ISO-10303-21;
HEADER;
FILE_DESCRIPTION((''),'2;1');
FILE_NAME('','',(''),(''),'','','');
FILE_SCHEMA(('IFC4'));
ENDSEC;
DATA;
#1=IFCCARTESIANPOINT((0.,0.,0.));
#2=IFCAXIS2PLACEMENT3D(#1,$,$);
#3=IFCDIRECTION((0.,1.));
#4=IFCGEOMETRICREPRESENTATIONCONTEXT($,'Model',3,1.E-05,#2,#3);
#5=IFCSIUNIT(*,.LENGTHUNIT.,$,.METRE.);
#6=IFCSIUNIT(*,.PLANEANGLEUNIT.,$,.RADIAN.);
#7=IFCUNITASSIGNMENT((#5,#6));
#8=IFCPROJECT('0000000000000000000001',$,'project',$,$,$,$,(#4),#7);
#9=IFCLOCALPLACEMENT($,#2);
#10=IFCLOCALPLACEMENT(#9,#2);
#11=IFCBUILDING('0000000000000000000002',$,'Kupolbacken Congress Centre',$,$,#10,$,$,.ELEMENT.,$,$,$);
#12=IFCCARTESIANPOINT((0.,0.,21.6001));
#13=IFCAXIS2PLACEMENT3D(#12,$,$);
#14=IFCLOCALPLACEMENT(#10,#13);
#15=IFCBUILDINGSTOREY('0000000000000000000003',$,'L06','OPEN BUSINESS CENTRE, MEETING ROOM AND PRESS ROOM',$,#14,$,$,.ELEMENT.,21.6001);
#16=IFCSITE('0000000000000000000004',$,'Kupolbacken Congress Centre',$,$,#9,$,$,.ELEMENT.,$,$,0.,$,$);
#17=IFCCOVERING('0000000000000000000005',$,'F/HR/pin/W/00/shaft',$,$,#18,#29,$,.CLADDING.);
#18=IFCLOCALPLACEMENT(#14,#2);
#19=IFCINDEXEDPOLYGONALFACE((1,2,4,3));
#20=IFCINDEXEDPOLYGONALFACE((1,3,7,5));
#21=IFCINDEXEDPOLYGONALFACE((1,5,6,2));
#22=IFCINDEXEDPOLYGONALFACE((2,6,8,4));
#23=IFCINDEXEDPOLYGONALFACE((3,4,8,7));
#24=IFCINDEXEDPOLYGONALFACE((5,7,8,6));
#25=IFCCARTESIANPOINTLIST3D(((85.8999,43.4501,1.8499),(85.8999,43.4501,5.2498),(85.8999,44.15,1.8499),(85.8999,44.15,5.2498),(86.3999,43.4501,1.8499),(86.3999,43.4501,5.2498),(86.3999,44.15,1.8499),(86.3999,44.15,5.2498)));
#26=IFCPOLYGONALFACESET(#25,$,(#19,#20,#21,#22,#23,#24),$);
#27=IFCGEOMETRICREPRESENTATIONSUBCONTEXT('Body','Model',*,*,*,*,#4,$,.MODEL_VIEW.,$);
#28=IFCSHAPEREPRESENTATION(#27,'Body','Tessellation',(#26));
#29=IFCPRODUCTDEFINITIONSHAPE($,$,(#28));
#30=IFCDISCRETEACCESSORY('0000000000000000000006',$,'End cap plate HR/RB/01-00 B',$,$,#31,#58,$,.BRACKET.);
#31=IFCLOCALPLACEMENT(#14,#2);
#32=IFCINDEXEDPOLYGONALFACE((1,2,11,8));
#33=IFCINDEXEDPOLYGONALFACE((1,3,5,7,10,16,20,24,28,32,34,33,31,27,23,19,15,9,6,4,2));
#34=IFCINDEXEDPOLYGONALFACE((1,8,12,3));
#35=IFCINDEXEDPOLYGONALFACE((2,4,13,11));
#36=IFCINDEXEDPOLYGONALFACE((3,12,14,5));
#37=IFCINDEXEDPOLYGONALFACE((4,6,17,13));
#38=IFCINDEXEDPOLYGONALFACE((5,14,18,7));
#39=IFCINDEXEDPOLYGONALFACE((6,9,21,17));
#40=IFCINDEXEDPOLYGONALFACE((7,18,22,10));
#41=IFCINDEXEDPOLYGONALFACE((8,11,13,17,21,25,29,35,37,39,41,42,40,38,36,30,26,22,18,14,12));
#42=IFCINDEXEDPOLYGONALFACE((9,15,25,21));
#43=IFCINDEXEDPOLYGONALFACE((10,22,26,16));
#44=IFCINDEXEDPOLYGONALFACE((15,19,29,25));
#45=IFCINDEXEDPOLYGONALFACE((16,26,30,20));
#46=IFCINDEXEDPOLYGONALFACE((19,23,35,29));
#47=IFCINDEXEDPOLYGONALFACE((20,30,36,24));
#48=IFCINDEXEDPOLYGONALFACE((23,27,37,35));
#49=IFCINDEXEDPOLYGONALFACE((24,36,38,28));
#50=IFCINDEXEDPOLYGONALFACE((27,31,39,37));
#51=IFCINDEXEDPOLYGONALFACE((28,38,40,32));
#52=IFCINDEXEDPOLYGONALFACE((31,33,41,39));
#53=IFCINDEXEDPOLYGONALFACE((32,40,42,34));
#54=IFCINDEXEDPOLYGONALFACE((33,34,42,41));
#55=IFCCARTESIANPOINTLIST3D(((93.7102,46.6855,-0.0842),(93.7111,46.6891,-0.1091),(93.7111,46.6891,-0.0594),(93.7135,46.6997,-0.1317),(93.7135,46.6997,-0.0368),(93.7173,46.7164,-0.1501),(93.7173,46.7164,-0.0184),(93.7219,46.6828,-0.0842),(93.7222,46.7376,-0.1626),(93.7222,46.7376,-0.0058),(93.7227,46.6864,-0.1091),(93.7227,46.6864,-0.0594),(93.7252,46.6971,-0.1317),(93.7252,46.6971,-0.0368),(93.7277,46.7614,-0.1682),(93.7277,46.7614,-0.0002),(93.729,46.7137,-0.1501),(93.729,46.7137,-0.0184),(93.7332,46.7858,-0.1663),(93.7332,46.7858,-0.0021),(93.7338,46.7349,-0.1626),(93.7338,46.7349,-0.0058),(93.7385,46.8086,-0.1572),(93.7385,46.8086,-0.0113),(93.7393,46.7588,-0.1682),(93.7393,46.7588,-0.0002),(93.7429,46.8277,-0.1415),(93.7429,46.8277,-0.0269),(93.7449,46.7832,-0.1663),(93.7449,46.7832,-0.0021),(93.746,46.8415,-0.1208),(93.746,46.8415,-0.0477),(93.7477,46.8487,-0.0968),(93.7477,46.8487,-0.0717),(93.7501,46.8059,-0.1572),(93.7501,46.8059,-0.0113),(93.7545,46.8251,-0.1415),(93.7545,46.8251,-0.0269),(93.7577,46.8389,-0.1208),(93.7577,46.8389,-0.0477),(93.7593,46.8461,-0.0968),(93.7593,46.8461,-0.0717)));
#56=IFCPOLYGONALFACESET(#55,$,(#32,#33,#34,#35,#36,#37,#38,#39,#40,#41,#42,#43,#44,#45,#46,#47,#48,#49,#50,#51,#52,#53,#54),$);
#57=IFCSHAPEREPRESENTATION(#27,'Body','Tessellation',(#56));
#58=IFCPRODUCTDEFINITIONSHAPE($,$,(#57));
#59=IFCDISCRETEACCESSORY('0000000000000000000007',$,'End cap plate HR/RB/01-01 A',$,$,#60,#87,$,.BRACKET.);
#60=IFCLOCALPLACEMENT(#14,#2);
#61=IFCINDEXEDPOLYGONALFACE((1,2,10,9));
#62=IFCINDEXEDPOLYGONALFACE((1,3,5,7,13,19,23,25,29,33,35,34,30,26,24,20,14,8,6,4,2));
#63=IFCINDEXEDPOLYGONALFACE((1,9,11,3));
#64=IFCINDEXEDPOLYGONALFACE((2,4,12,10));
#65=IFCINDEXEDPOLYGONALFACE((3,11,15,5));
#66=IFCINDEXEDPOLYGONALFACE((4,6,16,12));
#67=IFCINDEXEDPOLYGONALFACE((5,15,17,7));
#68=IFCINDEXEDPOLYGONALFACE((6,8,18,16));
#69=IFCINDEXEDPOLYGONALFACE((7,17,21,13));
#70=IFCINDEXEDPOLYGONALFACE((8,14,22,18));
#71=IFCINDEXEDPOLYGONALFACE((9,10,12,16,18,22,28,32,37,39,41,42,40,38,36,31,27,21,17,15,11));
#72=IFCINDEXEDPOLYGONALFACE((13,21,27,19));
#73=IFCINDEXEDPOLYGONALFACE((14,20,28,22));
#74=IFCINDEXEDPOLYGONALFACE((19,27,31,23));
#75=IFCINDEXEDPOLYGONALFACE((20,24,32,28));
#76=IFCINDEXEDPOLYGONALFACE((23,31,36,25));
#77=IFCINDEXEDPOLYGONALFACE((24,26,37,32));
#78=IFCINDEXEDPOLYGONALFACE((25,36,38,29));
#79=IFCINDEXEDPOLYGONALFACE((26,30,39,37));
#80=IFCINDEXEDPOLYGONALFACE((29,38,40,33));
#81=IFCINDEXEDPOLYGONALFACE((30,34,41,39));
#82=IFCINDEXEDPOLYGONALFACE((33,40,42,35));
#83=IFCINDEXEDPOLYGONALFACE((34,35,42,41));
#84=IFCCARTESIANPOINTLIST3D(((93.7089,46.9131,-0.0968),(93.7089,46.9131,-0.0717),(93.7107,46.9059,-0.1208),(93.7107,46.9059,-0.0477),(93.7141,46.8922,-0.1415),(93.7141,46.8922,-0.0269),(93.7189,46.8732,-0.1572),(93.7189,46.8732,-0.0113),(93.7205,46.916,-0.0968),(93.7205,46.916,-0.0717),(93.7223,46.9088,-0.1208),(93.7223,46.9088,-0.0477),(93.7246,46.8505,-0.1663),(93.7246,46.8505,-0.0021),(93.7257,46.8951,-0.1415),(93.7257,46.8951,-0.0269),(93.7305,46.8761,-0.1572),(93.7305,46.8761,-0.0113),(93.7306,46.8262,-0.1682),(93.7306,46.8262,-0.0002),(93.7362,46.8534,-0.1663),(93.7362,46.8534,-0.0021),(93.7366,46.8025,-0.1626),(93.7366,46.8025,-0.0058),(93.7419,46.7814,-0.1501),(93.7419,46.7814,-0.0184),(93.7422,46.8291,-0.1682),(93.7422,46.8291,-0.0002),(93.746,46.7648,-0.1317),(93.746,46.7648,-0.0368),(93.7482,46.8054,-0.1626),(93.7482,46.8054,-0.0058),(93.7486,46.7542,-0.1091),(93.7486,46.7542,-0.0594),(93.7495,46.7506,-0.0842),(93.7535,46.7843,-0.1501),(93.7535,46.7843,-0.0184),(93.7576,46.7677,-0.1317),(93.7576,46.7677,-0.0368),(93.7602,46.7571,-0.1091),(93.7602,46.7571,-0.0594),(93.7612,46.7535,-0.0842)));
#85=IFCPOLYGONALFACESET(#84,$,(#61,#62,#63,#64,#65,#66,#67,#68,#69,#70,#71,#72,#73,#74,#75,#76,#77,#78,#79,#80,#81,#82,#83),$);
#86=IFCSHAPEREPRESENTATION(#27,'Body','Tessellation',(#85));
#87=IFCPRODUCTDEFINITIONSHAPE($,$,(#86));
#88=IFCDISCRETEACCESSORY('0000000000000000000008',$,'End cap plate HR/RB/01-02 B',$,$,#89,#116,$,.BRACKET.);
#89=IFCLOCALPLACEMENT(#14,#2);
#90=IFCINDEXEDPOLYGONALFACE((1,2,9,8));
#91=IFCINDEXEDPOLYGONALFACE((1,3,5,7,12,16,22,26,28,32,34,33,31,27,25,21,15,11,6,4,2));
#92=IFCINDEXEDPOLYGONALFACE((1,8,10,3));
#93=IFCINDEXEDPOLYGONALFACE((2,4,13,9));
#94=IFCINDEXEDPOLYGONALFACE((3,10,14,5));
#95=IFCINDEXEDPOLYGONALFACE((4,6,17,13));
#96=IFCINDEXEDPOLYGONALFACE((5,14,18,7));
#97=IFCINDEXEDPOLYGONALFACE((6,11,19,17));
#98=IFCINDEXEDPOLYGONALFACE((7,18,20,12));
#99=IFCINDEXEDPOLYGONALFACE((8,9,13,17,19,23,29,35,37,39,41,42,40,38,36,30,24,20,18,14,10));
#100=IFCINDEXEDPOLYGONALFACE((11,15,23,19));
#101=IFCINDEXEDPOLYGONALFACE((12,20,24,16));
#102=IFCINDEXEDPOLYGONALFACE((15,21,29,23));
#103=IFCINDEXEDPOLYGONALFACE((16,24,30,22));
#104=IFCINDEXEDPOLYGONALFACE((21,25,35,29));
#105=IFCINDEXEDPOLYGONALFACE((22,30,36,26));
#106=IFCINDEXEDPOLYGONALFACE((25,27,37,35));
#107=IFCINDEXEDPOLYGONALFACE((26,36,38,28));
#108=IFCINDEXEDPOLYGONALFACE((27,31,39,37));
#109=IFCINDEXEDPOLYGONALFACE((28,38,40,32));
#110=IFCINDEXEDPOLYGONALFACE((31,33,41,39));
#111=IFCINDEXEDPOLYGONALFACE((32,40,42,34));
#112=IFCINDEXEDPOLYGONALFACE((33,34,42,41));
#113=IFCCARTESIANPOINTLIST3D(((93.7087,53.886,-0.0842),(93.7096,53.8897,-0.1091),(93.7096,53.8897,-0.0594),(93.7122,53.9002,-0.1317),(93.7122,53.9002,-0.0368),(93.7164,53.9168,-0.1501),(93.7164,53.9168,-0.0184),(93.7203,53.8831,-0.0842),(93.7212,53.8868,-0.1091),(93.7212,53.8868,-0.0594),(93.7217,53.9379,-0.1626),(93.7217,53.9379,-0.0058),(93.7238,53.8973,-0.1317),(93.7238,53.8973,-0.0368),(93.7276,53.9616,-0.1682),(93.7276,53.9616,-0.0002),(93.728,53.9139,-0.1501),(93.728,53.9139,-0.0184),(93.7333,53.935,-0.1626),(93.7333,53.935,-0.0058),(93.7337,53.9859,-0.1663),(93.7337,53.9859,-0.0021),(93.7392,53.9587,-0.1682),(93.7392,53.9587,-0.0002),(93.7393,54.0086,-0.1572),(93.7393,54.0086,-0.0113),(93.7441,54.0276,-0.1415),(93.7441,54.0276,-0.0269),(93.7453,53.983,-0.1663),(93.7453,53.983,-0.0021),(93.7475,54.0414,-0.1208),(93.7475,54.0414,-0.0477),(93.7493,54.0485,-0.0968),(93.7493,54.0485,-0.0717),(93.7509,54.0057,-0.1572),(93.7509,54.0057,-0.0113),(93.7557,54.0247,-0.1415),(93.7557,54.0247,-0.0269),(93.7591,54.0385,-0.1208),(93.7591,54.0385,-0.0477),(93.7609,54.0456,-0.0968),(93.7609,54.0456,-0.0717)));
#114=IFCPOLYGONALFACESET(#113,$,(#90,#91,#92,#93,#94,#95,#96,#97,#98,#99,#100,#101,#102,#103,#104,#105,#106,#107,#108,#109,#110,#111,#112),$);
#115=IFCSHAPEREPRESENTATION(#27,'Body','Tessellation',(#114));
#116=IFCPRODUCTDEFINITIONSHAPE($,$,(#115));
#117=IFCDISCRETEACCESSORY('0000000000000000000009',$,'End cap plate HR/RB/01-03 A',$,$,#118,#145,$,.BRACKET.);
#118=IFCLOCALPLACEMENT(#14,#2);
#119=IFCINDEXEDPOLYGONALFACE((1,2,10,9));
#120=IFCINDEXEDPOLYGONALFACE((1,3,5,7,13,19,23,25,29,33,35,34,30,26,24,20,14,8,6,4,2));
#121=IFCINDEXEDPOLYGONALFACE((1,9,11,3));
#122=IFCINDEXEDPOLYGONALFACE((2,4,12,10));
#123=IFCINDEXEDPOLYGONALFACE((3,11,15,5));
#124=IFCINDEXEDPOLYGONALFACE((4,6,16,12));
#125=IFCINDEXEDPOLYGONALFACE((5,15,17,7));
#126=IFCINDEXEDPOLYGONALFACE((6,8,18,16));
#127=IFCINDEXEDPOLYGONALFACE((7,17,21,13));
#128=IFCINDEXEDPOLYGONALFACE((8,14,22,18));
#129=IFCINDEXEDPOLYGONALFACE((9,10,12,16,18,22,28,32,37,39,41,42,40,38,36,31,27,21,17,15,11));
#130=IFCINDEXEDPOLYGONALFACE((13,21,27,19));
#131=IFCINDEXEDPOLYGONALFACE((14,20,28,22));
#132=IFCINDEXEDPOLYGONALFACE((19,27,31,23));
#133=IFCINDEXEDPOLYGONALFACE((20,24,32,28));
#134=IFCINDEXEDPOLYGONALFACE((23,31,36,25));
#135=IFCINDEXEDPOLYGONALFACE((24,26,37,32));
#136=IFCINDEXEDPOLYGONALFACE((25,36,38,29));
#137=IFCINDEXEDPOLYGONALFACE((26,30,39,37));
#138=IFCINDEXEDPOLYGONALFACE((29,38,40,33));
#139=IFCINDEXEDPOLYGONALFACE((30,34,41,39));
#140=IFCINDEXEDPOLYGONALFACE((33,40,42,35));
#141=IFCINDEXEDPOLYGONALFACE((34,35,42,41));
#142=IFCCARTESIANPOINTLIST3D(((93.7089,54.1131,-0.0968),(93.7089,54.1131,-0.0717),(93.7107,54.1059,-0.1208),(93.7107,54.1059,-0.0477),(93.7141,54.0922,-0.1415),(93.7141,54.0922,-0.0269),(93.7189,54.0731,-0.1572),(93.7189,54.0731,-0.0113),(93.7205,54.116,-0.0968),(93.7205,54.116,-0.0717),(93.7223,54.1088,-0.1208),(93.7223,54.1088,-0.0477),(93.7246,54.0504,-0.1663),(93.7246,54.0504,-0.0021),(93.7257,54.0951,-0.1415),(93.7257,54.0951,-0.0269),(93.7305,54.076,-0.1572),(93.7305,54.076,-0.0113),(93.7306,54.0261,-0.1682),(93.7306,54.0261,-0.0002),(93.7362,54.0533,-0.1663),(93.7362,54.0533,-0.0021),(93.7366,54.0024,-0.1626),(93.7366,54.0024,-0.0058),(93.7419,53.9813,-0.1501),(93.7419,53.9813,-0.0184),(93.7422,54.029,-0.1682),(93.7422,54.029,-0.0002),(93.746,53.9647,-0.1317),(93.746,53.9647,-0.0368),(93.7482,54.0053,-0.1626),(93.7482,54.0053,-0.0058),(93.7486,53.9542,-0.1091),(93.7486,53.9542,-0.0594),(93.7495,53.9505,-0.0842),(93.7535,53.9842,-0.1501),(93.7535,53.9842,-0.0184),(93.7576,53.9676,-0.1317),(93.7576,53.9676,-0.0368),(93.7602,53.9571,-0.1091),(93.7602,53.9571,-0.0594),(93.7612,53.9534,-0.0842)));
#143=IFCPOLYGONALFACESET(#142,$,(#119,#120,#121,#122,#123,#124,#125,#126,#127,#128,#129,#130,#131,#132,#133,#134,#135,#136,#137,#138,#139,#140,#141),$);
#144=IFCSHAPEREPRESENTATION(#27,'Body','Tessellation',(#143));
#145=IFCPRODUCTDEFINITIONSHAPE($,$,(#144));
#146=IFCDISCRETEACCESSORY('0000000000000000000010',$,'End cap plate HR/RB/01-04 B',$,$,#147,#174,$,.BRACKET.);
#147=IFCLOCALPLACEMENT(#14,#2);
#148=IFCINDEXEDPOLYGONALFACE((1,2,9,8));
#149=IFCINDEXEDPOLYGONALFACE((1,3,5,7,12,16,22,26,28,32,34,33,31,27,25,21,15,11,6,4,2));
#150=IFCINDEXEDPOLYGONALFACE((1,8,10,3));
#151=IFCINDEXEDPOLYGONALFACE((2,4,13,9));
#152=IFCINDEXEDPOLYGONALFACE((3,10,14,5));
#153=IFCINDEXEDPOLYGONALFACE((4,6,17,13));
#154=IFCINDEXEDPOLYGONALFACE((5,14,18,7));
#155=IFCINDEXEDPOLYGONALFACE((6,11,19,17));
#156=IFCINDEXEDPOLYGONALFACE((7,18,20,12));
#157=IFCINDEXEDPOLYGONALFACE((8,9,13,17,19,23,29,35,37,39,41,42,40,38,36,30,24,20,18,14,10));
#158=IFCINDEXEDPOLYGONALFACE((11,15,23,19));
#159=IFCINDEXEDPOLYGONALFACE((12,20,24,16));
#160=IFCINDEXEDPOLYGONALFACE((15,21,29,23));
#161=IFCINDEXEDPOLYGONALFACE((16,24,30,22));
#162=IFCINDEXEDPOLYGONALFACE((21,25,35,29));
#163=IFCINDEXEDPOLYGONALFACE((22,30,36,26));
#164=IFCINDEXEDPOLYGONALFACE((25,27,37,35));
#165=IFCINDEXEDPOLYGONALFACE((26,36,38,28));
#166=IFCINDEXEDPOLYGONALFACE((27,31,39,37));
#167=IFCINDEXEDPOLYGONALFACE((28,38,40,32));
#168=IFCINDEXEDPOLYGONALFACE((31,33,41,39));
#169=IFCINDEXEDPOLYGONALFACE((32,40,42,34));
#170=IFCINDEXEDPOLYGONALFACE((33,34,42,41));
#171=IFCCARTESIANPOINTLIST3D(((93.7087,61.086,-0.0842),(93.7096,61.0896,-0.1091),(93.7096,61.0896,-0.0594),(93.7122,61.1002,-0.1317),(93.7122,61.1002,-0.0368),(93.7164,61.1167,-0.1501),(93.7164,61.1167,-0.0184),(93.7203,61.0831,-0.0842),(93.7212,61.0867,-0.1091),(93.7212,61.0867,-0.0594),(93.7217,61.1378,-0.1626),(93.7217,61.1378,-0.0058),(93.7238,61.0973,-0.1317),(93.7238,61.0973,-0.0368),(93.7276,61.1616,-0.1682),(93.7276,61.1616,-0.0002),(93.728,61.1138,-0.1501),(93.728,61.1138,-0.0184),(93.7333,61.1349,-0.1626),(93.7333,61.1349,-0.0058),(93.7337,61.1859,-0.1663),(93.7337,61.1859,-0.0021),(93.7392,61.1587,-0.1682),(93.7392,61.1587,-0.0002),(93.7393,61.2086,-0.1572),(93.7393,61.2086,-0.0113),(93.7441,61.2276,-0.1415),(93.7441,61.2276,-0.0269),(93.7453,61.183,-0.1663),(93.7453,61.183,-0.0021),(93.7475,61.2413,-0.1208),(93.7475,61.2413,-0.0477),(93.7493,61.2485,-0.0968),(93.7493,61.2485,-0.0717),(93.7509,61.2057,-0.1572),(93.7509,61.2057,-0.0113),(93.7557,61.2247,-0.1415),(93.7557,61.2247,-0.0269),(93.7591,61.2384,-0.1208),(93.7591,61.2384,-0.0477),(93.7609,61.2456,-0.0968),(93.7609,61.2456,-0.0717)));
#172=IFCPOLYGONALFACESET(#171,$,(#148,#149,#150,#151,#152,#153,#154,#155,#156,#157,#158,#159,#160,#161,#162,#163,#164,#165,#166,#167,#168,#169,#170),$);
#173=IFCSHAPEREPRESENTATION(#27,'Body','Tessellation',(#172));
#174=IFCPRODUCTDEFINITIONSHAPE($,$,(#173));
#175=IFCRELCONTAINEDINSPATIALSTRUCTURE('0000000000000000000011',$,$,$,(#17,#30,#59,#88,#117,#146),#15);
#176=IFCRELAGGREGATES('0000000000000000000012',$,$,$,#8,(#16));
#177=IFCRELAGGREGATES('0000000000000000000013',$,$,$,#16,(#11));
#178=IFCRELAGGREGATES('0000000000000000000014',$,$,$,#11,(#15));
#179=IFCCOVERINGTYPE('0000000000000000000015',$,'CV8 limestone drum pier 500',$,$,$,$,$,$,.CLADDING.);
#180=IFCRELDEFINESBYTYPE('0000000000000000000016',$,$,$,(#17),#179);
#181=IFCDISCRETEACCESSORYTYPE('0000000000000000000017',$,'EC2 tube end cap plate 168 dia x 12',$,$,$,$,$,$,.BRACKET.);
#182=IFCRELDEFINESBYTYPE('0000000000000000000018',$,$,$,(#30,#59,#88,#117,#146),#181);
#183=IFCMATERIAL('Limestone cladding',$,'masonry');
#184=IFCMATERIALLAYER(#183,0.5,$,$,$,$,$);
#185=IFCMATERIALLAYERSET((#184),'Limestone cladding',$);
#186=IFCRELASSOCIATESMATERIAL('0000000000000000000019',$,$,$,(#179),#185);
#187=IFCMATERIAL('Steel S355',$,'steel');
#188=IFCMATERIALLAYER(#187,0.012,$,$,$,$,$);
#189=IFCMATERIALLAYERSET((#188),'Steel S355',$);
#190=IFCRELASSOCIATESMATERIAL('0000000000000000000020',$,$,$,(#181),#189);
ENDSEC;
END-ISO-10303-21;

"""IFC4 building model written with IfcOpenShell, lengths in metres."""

from ifc_helpers import new_model, si_unit, direction, frame, origin, origin_2d, place, context, subcontext, project, spatial, rectangle, circle, extrude, material, layer, layer_set, type_object, element, save


model = new_model("IFC4")

# Units and contexts
model_context = context("Model", 3, precision=1e-05, world=origin(), true_north=direction((0.0, 1.0)))
body_context = subcontext(model_context, "Body", "Model", "MODEL_VIEW")
ifc_project = project(units=[si_unit("LENGTHUNIT", "METRE"), si_unit("PLANEANGLEUNIT", "RADIAN")], contexts=[model_context])

# Site, building, storey
site_placement = place(None, origin())
site = spatial("IfcSite", under=ifc_project, at=site_placement, Name="Kupolbacken Congress Centre", CompositionType="ELEMENT", RefElevation=0.0)
building_placement = place(site_placement, origin())
building = spatial("IfcBuilding", under=site, at=building_placement, Name="Kupolbacken Congress Centre", CompositionType="ELEMENT")
storey_placement = place(building_placement, frame((0.0, 0.0, 21.6001)))
storey = spatial("IfcBuildingStorey", under=building, at=storey_placement, Name="L06", Description="OPEN BUSINESS CENTRE, MEETING ROOM AND PRESS ROOM", CompositionType="ELEMENT", Elevation=21.6001)

# Covering
ifc_material_1 = material(Name="Limestone cladding", Category="masonry")
ifc_layer_1 = layer(ifc_material_1, 0.5)
ifc_layer_set_1 = layer_set([ifc_layer_1], Name="Limestone cladding")
covering_type = type_object("IfcCoveringType", Name="CV8 limestone drum pier 500", PredefinedType="CLADDING", material=ifc_layer_set_1)
covering_1_placement = place(storey_placement, frame((86.1499, 43.8, 1.8499), z_axis=(0.0, 0.0, 1.0), x_axis=(0.0, 1.0, 0.0)))
element("IfcCovering", 1, at=covering_1_placement, inside=storey, type_object=covering_type, Name="F/HR/pin/W/00/shaft", PredefinedType="CLADDING", context=body_context, shape_type="SweptSolid", body=[
    extrude(rectangle(XDim=0.7, YDim=0.5, at=origin_2d()), origin(), (0.0, 0.0, 1.0), 3.3999),
])

# Discrete accessories
ifc_material_2 = material(Name="Steel S355", Category="steel")
ifc_layer_2 = layer(ifc_material_2, 0.012)
ifc_layer_set_2 = layer_set([ifc_layer_2], Name="Steel S355")
discrete_accessory_type = type_object("IfcDiscreteAccessoryType", Name="EC2 tube end cap plate 168 dia x 12", PredefinedType="BRACKET", material=ifc_layer_set_2)
for number, where, z_axis, x_axis, name in (
    (2, (93.7407, 46.7649, -0.0842), (-0.974732, 0.223376, 0.0), (-0.223376, -0.974732, 0.0), "End cap plate HR/RB/01-00 B"),
    (3, (93.7407, 46.8352, -0.0842), (-0.970143, -0.242536, 0.0), (0.242536, -0.970143, 0.0), "End cap plate HR/RB/01-01 A"),
    (4, (93.7407, 53.9648, -0.0842), (-0.970143, 0.242536, 0.0), (-0.242536, -0.970143, 0.0), "End cap plate HR/RB/01-02 B"),
    (5, (93.7407, 54.0352, -0.0842), (-0.970143, -0.242536, 0.0), (0.242536, -0.970143, 0.0), "End cap plate HR/RB/01-03 A"),
    (6, (93.7407, 61.1648, -0.0842), (-0.970143, 0.242536, 0.0), (-0.242536, -0.970143, 0.0), "End cap plate HR/RB/01-04 B"),
):
    element("IfcDiscreteAccessory", number, at=place(storey_placement, frame(where, z_axis=z_axis, x_axis=x_axis)), inside=storey, type_object=discrete_accessory_type, Name=name, PredefinedType="BRACKET", context=body_context, shape_type="SweptSolid", body=[
        extrude(circle(Radius=0.0842, at=origin_2d()), origin(), (0.0, 0.0, 1.0), 0.012),
    ])

save(model, "model.ifc")
